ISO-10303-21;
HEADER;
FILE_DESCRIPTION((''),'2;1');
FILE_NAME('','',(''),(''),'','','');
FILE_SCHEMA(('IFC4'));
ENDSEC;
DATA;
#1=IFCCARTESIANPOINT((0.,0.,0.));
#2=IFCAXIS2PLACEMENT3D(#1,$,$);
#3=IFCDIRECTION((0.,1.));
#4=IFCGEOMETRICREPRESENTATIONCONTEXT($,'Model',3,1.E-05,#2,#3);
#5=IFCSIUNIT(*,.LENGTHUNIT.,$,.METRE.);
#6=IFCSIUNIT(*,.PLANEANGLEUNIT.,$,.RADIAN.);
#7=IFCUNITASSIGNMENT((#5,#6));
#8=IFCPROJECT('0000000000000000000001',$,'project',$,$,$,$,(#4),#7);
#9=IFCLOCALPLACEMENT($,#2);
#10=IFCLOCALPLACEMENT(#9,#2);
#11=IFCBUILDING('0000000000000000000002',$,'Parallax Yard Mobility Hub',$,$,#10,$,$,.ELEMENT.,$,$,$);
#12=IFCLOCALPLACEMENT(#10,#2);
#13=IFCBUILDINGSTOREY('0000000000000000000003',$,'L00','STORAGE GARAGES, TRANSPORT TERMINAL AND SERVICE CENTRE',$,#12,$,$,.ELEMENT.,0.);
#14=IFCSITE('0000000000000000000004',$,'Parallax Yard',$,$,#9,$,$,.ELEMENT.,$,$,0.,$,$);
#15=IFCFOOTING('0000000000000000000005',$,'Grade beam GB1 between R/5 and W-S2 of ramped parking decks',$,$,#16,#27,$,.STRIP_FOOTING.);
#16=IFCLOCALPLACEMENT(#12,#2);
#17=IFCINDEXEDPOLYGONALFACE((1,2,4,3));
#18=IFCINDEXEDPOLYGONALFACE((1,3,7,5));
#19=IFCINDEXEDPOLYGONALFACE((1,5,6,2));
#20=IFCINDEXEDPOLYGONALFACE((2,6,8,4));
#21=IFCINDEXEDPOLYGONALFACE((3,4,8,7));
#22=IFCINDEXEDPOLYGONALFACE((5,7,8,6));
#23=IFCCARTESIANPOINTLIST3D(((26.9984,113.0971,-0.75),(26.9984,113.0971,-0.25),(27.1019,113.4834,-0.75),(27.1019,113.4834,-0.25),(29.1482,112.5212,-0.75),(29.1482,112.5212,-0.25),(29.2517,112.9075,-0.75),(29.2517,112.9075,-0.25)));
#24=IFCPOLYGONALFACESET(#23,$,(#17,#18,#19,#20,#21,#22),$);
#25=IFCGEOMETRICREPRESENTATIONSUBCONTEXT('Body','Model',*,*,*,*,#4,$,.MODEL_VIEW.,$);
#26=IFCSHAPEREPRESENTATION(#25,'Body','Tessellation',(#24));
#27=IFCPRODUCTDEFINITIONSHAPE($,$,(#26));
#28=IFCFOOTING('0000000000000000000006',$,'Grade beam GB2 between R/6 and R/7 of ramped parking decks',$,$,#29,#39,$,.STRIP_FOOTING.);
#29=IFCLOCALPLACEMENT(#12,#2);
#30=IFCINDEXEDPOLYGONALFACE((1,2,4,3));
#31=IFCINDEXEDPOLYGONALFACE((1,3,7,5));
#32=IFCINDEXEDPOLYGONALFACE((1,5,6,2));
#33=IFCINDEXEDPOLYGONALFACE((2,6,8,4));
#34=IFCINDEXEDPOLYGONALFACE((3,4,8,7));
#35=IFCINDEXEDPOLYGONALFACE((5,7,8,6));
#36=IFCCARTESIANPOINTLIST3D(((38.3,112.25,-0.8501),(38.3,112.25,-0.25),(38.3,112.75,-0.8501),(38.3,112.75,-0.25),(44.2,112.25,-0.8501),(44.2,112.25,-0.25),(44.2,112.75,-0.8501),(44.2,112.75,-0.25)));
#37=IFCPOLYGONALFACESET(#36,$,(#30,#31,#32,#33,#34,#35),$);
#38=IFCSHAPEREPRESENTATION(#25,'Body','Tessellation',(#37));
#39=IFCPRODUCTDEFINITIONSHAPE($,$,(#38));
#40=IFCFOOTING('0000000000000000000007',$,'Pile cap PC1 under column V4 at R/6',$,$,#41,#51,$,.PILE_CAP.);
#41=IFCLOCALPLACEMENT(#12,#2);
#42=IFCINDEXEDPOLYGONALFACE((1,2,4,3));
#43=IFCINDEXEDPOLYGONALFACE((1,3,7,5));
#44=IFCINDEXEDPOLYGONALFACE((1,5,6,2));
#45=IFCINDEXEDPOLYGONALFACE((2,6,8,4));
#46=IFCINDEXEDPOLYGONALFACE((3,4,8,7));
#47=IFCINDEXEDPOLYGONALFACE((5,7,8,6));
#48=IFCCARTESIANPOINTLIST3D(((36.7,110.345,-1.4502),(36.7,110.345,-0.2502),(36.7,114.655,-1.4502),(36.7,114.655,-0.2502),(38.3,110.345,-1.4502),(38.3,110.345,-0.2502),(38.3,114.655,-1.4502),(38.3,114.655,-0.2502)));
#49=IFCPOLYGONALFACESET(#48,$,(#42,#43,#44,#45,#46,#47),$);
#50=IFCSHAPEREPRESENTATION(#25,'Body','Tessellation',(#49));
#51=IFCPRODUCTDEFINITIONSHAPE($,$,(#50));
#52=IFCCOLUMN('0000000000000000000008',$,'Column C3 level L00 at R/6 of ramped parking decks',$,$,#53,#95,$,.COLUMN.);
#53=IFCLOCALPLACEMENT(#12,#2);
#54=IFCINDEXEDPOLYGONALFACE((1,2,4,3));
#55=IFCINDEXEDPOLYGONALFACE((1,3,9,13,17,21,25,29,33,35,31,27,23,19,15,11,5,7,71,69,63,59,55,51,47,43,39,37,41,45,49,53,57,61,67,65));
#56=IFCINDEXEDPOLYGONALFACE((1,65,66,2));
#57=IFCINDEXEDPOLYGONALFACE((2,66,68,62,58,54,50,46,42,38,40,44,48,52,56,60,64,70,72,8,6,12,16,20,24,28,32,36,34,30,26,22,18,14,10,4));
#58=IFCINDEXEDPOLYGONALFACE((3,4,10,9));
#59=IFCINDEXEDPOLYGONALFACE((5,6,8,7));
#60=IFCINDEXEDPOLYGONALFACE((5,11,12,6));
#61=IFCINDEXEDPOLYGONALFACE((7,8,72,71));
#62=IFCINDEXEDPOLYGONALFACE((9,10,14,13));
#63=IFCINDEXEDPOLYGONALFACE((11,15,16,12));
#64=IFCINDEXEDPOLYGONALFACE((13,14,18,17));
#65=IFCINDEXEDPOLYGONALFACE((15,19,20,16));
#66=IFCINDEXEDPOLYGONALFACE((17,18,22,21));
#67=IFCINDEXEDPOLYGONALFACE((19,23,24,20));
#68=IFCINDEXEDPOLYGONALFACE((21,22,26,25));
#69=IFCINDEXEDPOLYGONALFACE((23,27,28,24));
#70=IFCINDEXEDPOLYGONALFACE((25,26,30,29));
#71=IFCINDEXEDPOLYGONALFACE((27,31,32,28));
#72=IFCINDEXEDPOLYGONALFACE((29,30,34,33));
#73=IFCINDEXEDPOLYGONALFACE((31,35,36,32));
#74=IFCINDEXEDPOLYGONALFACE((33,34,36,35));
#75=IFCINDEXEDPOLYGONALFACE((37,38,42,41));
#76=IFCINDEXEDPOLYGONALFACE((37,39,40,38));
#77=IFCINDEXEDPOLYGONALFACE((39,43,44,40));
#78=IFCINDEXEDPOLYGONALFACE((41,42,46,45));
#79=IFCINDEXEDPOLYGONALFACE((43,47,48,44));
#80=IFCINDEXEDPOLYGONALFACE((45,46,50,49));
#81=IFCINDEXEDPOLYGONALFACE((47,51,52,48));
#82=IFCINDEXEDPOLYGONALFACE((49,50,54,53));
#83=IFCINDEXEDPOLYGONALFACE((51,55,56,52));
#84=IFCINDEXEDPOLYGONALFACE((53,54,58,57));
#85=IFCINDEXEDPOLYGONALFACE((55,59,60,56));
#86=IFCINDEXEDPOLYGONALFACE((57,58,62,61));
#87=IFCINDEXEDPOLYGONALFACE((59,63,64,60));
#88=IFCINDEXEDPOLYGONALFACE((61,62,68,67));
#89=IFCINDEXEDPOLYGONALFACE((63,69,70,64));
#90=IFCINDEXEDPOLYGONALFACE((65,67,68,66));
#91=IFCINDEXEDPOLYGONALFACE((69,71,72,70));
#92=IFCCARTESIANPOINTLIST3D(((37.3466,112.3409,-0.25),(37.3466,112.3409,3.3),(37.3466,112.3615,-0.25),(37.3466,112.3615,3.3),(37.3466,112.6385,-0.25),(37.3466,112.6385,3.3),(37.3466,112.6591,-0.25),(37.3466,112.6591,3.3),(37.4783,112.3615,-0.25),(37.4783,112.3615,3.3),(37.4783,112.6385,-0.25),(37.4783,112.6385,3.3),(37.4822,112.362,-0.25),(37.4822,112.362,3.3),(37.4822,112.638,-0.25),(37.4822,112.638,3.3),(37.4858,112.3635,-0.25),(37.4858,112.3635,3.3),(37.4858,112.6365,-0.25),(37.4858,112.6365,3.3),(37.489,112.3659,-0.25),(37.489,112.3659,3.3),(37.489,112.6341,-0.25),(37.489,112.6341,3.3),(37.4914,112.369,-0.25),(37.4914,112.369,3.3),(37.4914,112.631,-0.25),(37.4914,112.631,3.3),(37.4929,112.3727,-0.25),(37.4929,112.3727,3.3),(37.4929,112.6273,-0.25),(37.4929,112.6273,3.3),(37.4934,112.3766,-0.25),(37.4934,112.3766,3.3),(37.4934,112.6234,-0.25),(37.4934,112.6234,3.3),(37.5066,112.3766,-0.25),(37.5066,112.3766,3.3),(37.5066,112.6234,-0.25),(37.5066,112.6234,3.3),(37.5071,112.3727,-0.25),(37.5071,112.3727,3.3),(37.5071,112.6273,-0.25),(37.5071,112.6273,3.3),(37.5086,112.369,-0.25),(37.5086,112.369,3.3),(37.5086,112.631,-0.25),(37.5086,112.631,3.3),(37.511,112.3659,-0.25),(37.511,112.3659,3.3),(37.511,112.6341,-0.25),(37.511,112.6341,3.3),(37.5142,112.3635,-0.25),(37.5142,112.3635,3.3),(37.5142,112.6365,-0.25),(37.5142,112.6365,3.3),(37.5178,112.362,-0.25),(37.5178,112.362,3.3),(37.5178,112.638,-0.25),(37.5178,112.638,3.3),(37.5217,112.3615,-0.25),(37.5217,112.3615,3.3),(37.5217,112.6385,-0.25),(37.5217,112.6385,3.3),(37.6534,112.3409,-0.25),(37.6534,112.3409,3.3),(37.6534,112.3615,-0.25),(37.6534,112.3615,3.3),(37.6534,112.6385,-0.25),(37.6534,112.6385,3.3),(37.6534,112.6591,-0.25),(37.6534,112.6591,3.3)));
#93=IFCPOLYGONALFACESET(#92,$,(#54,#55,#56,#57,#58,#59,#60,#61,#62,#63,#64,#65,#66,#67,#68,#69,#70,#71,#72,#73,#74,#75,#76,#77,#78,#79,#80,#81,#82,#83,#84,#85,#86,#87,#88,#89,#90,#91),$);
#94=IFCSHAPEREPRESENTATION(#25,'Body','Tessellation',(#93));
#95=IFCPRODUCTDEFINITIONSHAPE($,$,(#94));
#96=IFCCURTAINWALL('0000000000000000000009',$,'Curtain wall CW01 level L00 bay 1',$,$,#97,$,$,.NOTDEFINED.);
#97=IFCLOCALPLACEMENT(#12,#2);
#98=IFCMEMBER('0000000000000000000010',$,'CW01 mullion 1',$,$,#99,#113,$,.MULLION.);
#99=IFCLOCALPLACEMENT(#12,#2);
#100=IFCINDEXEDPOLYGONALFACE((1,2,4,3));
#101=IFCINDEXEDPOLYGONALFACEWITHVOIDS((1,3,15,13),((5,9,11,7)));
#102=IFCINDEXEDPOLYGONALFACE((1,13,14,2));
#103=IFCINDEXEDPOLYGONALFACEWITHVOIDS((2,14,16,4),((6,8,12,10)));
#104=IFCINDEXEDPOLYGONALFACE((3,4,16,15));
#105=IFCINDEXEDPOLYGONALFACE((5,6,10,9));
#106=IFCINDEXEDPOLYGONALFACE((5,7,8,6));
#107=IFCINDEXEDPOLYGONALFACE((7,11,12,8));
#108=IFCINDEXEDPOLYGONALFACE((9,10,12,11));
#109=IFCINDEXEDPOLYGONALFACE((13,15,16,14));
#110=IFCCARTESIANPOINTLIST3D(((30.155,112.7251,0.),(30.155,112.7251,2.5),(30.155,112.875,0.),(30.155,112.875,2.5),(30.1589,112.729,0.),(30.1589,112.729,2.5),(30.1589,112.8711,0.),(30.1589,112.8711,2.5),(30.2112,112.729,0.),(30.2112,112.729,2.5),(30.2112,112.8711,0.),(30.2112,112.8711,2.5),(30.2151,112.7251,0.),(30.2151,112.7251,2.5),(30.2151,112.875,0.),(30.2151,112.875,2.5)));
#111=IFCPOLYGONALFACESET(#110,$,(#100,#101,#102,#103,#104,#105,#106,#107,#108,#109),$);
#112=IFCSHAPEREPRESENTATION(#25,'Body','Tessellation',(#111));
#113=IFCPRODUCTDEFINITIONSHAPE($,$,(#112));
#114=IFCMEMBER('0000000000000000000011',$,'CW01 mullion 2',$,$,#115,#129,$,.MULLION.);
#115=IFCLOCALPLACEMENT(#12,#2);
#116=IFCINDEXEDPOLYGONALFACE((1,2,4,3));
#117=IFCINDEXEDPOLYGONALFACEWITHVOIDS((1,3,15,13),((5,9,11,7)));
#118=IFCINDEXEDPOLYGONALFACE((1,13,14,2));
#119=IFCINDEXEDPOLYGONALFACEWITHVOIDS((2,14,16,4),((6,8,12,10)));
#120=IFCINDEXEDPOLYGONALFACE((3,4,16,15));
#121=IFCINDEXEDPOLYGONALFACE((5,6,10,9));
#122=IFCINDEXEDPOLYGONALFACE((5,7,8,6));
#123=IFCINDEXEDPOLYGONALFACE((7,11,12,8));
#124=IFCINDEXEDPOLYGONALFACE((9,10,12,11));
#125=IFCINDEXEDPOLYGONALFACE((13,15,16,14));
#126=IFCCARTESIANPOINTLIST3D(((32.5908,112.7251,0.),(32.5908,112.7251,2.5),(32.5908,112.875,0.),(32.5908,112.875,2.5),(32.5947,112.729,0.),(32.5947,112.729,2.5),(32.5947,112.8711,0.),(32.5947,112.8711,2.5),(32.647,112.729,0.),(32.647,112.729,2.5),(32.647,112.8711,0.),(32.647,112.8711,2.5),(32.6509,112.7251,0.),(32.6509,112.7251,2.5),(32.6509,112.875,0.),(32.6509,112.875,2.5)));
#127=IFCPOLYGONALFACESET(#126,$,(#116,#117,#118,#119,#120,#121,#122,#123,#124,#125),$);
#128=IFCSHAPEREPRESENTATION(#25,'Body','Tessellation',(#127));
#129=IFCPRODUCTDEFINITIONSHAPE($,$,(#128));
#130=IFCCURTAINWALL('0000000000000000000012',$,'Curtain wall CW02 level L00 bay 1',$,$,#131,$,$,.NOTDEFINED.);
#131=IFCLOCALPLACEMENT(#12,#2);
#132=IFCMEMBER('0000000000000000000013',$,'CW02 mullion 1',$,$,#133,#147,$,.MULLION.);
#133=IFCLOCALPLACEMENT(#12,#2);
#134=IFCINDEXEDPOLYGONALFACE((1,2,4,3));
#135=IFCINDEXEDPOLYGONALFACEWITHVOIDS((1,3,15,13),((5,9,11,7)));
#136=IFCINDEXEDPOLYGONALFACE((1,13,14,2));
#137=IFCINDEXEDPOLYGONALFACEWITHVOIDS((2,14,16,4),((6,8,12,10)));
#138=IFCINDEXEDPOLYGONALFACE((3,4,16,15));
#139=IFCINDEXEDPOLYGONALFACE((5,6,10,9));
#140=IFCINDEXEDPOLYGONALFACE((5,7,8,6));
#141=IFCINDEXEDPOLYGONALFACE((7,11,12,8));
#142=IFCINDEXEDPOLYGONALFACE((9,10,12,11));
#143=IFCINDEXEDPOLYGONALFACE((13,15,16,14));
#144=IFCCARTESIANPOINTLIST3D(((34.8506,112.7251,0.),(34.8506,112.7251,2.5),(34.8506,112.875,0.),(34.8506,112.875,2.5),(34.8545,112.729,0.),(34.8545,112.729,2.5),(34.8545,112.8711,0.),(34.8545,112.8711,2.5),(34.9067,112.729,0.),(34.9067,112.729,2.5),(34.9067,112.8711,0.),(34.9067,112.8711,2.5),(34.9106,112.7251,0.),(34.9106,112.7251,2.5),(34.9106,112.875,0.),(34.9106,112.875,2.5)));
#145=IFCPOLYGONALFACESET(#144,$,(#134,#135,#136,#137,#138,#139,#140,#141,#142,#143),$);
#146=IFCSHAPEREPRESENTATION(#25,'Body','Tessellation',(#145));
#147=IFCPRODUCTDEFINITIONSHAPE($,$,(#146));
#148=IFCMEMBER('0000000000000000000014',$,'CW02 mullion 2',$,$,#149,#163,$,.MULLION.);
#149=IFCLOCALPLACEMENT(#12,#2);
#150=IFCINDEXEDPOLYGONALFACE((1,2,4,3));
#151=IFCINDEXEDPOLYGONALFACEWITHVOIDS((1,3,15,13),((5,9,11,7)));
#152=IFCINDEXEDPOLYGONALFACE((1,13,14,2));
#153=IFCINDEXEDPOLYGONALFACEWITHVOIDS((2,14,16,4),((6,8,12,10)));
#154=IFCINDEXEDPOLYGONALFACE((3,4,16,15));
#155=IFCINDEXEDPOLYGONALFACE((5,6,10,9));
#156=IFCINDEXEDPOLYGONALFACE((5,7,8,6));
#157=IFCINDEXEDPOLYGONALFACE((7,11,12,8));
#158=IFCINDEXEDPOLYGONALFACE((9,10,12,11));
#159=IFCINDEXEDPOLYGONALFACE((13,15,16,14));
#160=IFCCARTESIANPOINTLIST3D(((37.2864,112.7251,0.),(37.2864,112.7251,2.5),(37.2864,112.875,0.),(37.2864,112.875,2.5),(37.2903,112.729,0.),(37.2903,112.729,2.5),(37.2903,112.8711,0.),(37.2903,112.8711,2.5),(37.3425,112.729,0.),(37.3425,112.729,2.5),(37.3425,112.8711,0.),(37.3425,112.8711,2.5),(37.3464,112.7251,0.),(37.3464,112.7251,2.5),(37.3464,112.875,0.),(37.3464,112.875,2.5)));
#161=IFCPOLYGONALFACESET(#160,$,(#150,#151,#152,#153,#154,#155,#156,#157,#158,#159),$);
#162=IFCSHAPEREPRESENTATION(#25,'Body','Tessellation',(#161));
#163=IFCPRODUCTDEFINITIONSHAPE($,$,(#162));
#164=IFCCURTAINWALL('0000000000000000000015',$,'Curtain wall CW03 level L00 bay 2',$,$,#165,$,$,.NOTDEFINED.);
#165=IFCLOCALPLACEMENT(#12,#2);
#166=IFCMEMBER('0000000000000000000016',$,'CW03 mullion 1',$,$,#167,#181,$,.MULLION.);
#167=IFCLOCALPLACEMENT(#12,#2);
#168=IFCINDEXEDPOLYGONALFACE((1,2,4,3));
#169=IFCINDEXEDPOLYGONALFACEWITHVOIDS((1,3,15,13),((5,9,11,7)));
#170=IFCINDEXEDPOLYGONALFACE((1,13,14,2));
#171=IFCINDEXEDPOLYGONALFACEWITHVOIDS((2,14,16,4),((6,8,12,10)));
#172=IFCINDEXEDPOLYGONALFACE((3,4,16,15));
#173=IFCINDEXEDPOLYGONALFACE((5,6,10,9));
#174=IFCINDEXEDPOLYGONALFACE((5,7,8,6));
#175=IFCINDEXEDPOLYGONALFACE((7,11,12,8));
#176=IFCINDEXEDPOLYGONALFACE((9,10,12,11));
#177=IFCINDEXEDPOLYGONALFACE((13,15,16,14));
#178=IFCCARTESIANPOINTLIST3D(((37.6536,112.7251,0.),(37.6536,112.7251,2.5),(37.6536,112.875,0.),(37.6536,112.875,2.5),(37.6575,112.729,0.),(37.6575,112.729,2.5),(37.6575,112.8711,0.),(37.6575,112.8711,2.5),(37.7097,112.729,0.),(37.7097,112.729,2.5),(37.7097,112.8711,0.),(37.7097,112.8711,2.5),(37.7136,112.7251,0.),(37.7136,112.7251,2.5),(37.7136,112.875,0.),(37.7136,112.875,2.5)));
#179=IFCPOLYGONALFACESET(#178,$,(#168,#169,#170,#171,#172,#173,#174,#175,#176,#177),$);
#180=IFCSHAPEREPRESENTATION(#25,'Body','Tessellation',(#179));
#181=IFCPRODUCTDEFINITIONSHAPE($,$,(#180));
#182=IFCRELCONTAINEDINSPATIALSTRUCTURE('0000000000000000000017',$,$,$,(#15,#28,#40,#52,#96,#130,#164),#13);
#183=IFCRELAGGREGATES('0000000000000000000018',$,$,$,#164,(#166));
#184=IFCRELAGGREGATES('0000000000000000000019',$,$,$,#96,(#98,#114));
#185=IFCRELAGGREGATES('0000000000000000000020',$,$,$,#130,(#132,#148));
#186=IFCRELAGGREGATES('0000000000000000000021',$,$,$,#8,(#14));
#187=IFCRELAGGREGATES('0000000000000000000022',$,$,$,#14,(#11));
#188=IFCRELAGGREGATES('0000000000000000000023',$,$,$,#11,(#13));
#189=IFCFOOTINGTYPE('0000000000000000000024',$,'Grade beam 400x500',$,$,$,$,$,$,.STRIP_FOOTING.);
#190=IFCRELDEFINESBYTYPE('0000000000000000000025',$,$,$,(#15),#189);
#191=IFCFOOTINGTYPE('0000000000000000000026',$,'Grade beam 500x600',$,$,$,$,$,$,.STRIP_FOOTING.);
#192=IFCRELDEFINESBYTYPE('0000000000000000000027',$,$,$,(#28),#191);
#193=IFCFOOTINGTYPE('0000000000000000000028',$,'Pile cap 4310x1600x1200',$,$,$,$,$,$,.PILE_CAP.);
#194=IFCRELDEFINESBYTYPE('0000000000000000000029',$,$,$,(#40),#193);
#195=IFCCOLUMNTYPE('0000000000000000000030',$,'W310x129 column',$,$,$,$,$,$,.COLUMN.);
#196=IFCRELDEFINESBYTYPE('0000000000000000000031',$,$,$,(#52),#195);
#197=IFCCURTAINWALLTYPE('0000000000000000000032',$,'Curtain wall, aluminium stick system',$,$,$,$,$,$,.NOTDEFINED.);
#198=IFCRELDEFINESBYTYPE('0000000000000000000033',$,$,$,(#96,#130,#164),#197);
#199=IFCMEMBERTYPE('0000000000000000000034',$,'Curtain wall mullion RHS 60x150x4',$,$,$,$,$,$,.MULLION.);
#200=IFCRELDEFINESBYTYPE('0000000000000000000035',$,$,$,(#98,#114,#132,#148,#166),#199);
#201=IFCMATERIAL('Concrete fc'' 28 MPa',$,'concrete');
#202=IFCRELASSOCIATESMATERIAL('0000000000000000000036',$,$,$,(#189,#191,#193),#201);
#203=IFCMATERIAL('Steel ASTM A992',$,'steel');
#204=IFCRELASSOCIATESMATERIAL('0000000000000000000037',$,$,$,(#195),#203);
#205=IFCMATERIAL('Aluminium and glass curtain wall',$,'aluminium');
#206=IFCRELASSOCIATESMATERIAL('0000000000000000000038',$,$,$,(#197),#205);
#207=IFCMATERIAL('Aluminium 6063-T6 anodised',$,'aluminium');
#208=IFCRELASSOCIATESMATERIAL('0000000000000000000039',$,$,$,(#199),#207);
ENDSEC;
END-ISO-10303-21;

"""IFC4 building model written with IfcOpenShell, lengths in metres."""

from ifc_helpers import new_model, si_unit, direction, frame, origin, origin_2d, place, context, subcontext, project, spatial, rectangle, hollow_rectangle, i_section, extrude, material, material_profile, profile_set, type_object, element, aggregate, save


model = new_model("IFC4")

# Units and contexts
model_context = context("Model", 3, precision=1e-05, world=origin(), true_north=direction((0.0, 1.0)))
body_context = subcontext(model_context, "Body", "Model", "MODEL_VIEW")
ifc_project = project(units=[si_unit("LENGTHUNIT", "METRE"), si_unit("PLANEANGLEUNIT", "RADIAN")], contexts=[model_context])

# Site, building, storey
site_placement = place(None, origin())
site = spatial("IfcSite", under=ifc_project, at=site_placement, Name="Parallax Yard", CompositionType="ELEMENT", RefElevation=0.0)
building_placement = place(site_placement, origin())
building = spatial("IfcBuilding", under=site, at=building_placement, Name="Parallax Yard Mobility Hub", CompositionType="ELEMENT")
storey_placement = place(building_placement, origin())
storey = spatial("IfcBuildingStorey", under=building, at=storey_placement, Name="L00", Description="STORAGE GARAGES, TRANSPORT TERMINAL AND SERVICE CENTRE", CompositionType="ELEMENT", Elevation=0.0)

# Footings
ifc_material_1 = material(Name="Concrete fc' 28 MPa", Category="concrete")
ifc_material_profile_1 = material_profile(ifc_material_1, rectangle(XDim=0.3999, YDim=0.5, at=origin_2d()), Name="Grade beam 400x500")
ifc_profile_set_1 = profile_set([ifc_material_profile_1], Name="Concrete fc' 28 MPa")
footing_type_1 = type_object("IfcFootingType", Name="Grade beam 400x500", PredefinedType="STRIP_FOOTING", material=ifc_profile_set_1)
footing_1_placement = place(storey_placement, frame((29.2, 112.7144, -0.5), z_axis=(-0.965941, 0.258762, 0.0), x_axis=(-0.258762, -0.965941, 0.0)))
element("IfcFooting", 1, at=footing_1_placement, inside=storey, type_object=footing_type_1, Name="Grade beam GB1 between R/5 and W-S2 of ramped parking decks", PredefinedType="STRIP_FOOTING", context=body_context, shape_type="SweptSolid", body=[
    extrude(rectangle(XDim=0.3999, YDim=0.5, at=origin_2d()), origin(), (0.0, 0.0, 1.0), 2.2256),
])
ifc_material_profile_2 = material_profile(ifc_material_1, rectangle(XDim=0.5, YDim=0.6001, at=origin_2d()), Name="Grade beam 500x600")
ifc_profile_set_2 = profile_set([ifc_material_profile_2], Name="Concrete fc' 28 MPa")
footing_type_2 = type_object("IfcFootingType", Name="Grade beam 500x600", PredefinedType="STRIP_FOOTING", material=ifc_profile_set_2)
footing_2_placement = place(storey_placement, frame((38.3, 112.5, -0.55), z_axis=(1.0, 0.0, 0.0), x_axis=(0.0, 1.0, 0.0)))
element("IfcFooting", 2, at=footing_2_placement, inside=storey, type_object=footing_type_2, Name="Grade beam GB2 between R/6 and R/7 of ramped parking decks", PredefinedType="STRIP_FOOTING", context=body_context, shape_type="SweptSolid", body=[
    extrude(rectangle(XDim=0.5, YDim=0.6001, at=origin_2d()), origin(), (0.0, 0.0, 1.0), 5.8999),
])
footing_type_3 = type_object("IfcFootingType", Name="Pile cap 4310x1600x1200", PredefinedType="PILE_CAP", material=ifc_material_1)
footing_3_placement = place(storey_placement, frame((37.5, 112.5, -1.4502), z_axis=(0.0, 0.0, 1.0), x_axis=(0.0, 1.0, 0.0)))
element("IfcFooting", 3, at=footing_3_placement, inside=storey, type_object=footing_type_3, Name="Pile cap PC1 under column V4 at R/6", PredefinedType="PILE_CAP", context=body_context, shape_type="SweptSolid", body=[
    extrude(rectangle(XDim=4.3101, YDim=1.6001, at=origin_2d()), origin(), (0.0, 0.0, 1.0), 1.2),
])

# Column
ifc_material_2 = material(Name="Steel ASTM A992", Category="steel")
ifc_material_profile_3 = material_profile(ifc_material_2, i_section(OverallWidth=0.3069, OverallDepth=0.3181, WebThickness=0.0132, FlangeThickness=0.0205, FilletRadius=0.0151, at=origin_2d()), Name="W310x129")
ifc_profile_set_3 = profile_set([ifc_material_profile_3], Name="Steel ASTM A992")
column_type = type_object("IfcColumnType", Name="W310x129 column", PredefinedType="COLUMN", material=ifc_profile_set_3)
column_placement = place(storey_placement, frame((37.5, 112.5, -0.25), z_axis=(0.0, 0.0, 1.0), x_axis=(1.0, 0.0, 0.0)))
element("IfcColumn", 4, at=column_placement, inside=storey, type_object=column_type, Name="Column C3 level L00 at R/6 of ramped parking decks", PredefinedType="COLUMN", context=body_context, shape_type="SweptSolid", body=[
    extrude(i_section(OverallWidth=0.3069, OverallDepth=0.3181, WebThickness=0.0132, FlangeThickness=0.0205, FilletRadius=0.0151, at=origin_2d()), origin(), (0.0, 0.0, 1.0), 3.55),
])

# Curtain walls, members
ifc_material_3 = material(Name="Aluminium and glass curtain wall", Category="aluminium")
curtain_wall_type = type_object("IfcCurtainWallType", Name="Curtain wall, aluminium stick system", PredefinedType="NOTDEFINED", material=ifc_material_3)
curtain_wall_1_placement = place(storey_placement, origin())
curtain_wall_1 = element("IfcCurtainWall", 5, at=curtain_wall_1_placement, inside=storey, type_object=curtain_wall_type, Name="Curtain wall CW01 level L00 bay 1", PredefinedType="NOTDEFINED")
ifc_material_4 = material(Name="Aluminium 6063-T6 anodised", Category="aluminium")
ifc_material_profile_4 = material_profile(ifc_material_4, hollow_rectangle(XDim=0.1499, YDim=0.0601, WallThickness=0.0039, at=origin_2d()), Name="RHS 60x150x4")
ifc_profile_set_4 = profile_set([ifc_material_profile_4], Name="Aluminium 6063-T6 anodised")
member_type_1 = type_object("IfcMemberType", Name="Curtain wall mullion RHS 60x150x4", PredefinedType="MULLION", material=ifc_profile_set_4)
member_1_placement = place(storey_placement, frame((30.1851, 112.8, 0.0), z_axis=(0.0, 0.0, 1.0), x_axis=(0.0, 1.0, 0.0)))
member_1 = element("IfcMember", 6, at=member_1_placement, type_object=member_type_1, Name="CW01 mullion 1", PredefinedType="MULLION", context=body_context, shape_type="SweptSolid", body=[
    extrude(hollow_rectangle(XDim=0.1499, YDim=0.0601, WallThickness=0.0039, at=origin_2d()), origin(), (0.0, 0.0, 1.0), 2.5),
])
member_2_placement = place(storey_placement, frame((32.6208, 112.8, 0.0), z_axis=(0.0, 0.0, 1.0), x_axis=(0.0, 1.0, 0.0)))
member_2 = element("IfcMember", 7, at=member_2_placement, type_object=member_type_1, Name="CW01 mullion 2", PredefinedType="MULLION", context=body_context, shape_type="SweptSolid", body=[
    extrude(hollow_rectangle(XDim=0.1499, YDim=0.0601, WallThickness=0.0039, at=origin_2d()), origin(), (0.0, 0.0, 1.0), 2.5),
])
curtain_wall_2_placement = place(storey_placement, origin())
curtain_wall_2 = element("IfcCurtainWall", 8, at=curtain_wall_2_placement, inside=storey, type_object=curtain_wall_type, Name="Curtain wall CW02 level L00 bay 1", PredefinedType="NOTDEFINED")
member_3_placement = place(storey_placement, frame((34.8806, 112.8, 0.0), z_axis=(0.0, 0.0, 1.0), x_axis=(0.0, 1.0, 0.0)))
member_3 = element("IfcMember", 9, at=member_3_placement, type_object=member_type_1, Name="CW02 mullion 1", PredefinedType="MULLION", context=body_context, shape_type="SweptSolid", body=[
    extrude(hollow_rectangle(XDim=0.1499, YDim=0.0601, WallThickness=0.0039, at=origin_2d()), origin(), (0.0, 0.0, 1.0), 2.5),
])
member_4_placement = place(storey_placement, frame((37.3164, 112.8, 0.0), z_axis=(0.0, 0.0, 1.0), x_axis=(0.0, 1.0, 0.0)))
member_4 = element("IfcMember", 10, at=member_4_placement, type_object=member_type_1, Name="CW02 mullion 2", PredefinedType="MULLION", context=body_context, shape_type="SweptSolid", body=[
    extrude(hollow_rectangle(XDim=0.1499, YDim=0.0601, WallThickness=0.0039, at=origin_2d()), origin(), (0.0, 0.0, 1.0), 2.5),
])

# Curtain wall, member
curtain_wall_3_placement = place(storey_placement, origin())
curtain_wall_3 = element("IfcCurtainWall", 11, at=curtain_wall_3_placement, inside=storey, type_object=curtain_wall_type, Name="Curtain wall CW03 level L00 bay 2", PredefinedType="NOTDEFINED")
member_5_placement = place(storey_placement, frame((37.6836, 112.8, 0.0), z_axis=(0.0, 0.0, 1.0), x_axis=(0.0, 1.0, 0.0)))
member_5 = element("IfcMember", 12, at=member_5_placement, type_object=member_type_1, Name="CW03 mullion 1", PredefinedType="MULLION", context=body_context, shape_type="SweptSolid", body=[
    extrude(hollow_rectangle(XDim=0.1499, YDim=0.0601, WallThickness=0.0039, at=origin_2d()), origin(), (0.0, 0.0, 1.0), 2.5),
])

aggregate(curtain_wall_3, [member_5])

aggregate(curtain_wall_1, [member_1, member_2])
aggregate(curtain_wall_2, [member_3, member_4])

save(model, "model.ifc")
